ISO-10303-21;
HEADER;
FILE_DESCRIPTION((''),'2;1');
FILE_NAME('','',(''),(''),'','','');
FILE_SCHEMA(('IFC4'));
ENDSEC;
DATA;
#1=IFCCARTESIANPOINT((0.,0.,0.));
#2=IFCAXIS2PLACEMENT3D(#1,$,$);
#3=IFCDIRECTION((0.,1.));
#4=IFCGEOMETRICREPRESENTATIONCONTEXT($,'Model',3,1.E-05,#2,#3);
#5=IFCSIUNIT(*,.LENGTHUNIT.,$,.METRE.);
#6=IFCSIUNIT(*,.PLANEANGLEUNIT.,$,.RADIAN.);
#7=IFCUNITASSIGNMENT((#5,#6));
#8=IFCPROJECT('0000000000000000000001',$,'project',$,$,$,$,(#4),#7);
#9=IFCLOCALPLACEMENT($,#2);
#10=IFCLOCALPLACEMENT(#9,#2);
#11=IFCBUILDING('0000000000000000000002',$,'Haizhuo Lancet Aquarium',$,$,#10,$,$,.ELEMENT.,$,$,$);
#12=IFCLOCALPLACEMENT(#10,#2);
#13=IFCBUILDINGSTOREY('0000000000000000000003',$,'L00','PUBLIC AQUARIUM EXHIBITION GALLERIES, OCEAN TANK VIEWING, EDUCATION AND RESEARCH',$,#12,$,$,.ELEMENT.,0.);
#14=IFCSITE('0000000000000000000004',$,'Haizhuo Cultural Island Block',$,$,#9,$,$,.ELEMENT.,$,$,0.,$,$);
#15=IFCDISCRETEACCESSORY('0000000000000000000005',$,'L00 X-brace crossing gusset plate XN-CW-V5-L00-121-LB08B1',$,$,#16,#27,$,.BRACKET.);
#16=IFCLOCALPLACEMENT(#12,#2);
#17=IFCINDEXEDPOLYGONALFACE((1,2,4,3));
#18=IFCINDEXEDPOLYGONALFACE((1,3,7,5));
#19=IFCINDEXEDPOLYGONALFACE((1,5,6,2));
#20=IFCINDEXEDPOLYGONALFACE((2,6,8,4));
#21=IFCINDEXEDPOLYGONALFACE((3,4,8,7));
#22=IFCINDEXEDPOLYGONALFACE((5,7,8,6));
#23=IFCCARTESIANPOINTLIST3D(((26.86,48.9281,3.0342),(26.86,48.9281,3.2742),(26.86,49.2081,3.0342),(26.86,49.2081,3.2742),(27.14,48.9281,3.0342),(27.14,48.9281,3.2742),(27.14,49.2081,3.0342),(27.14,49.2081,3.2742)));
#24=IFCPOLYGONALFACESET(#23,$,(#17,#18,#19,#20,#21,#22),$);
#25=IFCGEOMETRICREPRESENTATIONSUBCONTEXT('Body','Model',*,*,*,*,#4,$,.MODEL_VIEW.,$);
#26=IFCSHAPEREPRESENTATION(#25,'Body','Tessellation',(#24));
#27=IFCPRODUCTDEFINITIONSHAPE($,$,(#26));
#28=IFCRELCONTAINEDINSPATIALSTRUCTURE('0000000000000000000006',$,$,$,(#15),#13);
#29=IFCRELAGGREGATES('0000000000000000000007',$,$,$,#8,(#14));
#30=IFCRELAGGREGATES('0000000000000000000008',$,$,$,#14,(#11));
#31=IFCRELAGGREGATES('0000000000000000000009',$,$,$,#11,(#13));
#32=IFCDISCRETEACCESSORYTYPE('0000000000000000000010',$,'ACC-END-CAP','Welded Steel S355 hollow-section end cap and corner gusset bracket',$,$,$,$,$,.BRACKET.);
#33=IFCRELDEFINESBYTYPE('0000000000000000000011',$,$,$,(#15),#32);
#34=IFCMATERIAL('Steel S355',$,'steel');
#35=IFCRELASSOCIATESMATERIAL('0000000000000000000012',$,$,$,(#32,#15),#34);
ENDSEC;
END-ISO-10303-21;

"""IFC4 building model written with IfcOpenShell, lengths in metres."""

from ifc_helpers import new_model, si_unit, direction, frame, origin, origin_2d, place, context, subcontext, project, spatial, rectangle, extrude, material, type_object, element, save


model = new_model("IFC4")

# Units and contexts
model_context = context("Model", 3, precision=1e-05, world=origin(), true_north=direction((0.0, 1.0)))
body_context = subcontext(model_context, "Body", "Model", "MODEL_VIEW")
ifc_project = project(units=[si_unit("LENGTHUNIT", "METRE"), si_unit("PLANEANGLEUNIT", "RADIAN")], contexts=[model_context])

# Site, building, storey
site_placement = place(None, origin())
site = spatial("IfcSite", under=ifc_project, at=site_placement, Name="Haizhuo Cultural Island Block", CompositionType="ELEMENT", RefElevation=0.0)
building_placement = place(site_placement, origin())
building = spatial("IfcBuilding", under=site, at=building_placement, Name="Haizhuo Lancet Aquarium", CompositionType="ELEMENT")
storey_placement = place(building_placement, origin())
storey = spatial("IfcBuildingStorey", under=building, at=storey_placement, Name="L00", Description="PUBLIC AQUARIUM EXHIBITION GALLERIES, OCEAN TANK VIEWING, EDUCATION AND RESEARCH", CompositionType="ELEMENT", Elevation=0.0)

# Shared definitions
ifc_material_1 = material(Name="Steel S355", Category="steel")

# Discrete accessory
discrete_accessory_type = type_object("IfcDiscreteAccessoryType", Name="ACC-END-CAP", Description="Welded Steel S355 hollow-section end cap and corner gusset bracket", PredefinedType="BRACKET", material=ifc_material_1)
for number, where, z_axis, x_axis, name in (
    (1, (27.0, 49.0681, 3.0342), (0.0, 0.0, 1.0), (1.0, 0.0, 0.0), "L00 X-brace crossing gusset plate XN-CW-V5-L00-121-LB08B1"),
):
    element("IfcDiscreteAccessory", number, at=place(storey_placement, frame(where, z_axis=z_axis, x_axis=x_axis)), inside=storey, type_object=discrete_accessory_type, material=ifc_material_1, Name=name, PredefinedType="BRACKET", context=body_context, shape_type="SweptSolid", body=[
        extrude(rectangle(XDim=0.28, YDim=0.28, at=origin_2d()), origin(), (0.0, 0.0, 1.0), 0.24),
    ])

save(model, "model.ifc")
